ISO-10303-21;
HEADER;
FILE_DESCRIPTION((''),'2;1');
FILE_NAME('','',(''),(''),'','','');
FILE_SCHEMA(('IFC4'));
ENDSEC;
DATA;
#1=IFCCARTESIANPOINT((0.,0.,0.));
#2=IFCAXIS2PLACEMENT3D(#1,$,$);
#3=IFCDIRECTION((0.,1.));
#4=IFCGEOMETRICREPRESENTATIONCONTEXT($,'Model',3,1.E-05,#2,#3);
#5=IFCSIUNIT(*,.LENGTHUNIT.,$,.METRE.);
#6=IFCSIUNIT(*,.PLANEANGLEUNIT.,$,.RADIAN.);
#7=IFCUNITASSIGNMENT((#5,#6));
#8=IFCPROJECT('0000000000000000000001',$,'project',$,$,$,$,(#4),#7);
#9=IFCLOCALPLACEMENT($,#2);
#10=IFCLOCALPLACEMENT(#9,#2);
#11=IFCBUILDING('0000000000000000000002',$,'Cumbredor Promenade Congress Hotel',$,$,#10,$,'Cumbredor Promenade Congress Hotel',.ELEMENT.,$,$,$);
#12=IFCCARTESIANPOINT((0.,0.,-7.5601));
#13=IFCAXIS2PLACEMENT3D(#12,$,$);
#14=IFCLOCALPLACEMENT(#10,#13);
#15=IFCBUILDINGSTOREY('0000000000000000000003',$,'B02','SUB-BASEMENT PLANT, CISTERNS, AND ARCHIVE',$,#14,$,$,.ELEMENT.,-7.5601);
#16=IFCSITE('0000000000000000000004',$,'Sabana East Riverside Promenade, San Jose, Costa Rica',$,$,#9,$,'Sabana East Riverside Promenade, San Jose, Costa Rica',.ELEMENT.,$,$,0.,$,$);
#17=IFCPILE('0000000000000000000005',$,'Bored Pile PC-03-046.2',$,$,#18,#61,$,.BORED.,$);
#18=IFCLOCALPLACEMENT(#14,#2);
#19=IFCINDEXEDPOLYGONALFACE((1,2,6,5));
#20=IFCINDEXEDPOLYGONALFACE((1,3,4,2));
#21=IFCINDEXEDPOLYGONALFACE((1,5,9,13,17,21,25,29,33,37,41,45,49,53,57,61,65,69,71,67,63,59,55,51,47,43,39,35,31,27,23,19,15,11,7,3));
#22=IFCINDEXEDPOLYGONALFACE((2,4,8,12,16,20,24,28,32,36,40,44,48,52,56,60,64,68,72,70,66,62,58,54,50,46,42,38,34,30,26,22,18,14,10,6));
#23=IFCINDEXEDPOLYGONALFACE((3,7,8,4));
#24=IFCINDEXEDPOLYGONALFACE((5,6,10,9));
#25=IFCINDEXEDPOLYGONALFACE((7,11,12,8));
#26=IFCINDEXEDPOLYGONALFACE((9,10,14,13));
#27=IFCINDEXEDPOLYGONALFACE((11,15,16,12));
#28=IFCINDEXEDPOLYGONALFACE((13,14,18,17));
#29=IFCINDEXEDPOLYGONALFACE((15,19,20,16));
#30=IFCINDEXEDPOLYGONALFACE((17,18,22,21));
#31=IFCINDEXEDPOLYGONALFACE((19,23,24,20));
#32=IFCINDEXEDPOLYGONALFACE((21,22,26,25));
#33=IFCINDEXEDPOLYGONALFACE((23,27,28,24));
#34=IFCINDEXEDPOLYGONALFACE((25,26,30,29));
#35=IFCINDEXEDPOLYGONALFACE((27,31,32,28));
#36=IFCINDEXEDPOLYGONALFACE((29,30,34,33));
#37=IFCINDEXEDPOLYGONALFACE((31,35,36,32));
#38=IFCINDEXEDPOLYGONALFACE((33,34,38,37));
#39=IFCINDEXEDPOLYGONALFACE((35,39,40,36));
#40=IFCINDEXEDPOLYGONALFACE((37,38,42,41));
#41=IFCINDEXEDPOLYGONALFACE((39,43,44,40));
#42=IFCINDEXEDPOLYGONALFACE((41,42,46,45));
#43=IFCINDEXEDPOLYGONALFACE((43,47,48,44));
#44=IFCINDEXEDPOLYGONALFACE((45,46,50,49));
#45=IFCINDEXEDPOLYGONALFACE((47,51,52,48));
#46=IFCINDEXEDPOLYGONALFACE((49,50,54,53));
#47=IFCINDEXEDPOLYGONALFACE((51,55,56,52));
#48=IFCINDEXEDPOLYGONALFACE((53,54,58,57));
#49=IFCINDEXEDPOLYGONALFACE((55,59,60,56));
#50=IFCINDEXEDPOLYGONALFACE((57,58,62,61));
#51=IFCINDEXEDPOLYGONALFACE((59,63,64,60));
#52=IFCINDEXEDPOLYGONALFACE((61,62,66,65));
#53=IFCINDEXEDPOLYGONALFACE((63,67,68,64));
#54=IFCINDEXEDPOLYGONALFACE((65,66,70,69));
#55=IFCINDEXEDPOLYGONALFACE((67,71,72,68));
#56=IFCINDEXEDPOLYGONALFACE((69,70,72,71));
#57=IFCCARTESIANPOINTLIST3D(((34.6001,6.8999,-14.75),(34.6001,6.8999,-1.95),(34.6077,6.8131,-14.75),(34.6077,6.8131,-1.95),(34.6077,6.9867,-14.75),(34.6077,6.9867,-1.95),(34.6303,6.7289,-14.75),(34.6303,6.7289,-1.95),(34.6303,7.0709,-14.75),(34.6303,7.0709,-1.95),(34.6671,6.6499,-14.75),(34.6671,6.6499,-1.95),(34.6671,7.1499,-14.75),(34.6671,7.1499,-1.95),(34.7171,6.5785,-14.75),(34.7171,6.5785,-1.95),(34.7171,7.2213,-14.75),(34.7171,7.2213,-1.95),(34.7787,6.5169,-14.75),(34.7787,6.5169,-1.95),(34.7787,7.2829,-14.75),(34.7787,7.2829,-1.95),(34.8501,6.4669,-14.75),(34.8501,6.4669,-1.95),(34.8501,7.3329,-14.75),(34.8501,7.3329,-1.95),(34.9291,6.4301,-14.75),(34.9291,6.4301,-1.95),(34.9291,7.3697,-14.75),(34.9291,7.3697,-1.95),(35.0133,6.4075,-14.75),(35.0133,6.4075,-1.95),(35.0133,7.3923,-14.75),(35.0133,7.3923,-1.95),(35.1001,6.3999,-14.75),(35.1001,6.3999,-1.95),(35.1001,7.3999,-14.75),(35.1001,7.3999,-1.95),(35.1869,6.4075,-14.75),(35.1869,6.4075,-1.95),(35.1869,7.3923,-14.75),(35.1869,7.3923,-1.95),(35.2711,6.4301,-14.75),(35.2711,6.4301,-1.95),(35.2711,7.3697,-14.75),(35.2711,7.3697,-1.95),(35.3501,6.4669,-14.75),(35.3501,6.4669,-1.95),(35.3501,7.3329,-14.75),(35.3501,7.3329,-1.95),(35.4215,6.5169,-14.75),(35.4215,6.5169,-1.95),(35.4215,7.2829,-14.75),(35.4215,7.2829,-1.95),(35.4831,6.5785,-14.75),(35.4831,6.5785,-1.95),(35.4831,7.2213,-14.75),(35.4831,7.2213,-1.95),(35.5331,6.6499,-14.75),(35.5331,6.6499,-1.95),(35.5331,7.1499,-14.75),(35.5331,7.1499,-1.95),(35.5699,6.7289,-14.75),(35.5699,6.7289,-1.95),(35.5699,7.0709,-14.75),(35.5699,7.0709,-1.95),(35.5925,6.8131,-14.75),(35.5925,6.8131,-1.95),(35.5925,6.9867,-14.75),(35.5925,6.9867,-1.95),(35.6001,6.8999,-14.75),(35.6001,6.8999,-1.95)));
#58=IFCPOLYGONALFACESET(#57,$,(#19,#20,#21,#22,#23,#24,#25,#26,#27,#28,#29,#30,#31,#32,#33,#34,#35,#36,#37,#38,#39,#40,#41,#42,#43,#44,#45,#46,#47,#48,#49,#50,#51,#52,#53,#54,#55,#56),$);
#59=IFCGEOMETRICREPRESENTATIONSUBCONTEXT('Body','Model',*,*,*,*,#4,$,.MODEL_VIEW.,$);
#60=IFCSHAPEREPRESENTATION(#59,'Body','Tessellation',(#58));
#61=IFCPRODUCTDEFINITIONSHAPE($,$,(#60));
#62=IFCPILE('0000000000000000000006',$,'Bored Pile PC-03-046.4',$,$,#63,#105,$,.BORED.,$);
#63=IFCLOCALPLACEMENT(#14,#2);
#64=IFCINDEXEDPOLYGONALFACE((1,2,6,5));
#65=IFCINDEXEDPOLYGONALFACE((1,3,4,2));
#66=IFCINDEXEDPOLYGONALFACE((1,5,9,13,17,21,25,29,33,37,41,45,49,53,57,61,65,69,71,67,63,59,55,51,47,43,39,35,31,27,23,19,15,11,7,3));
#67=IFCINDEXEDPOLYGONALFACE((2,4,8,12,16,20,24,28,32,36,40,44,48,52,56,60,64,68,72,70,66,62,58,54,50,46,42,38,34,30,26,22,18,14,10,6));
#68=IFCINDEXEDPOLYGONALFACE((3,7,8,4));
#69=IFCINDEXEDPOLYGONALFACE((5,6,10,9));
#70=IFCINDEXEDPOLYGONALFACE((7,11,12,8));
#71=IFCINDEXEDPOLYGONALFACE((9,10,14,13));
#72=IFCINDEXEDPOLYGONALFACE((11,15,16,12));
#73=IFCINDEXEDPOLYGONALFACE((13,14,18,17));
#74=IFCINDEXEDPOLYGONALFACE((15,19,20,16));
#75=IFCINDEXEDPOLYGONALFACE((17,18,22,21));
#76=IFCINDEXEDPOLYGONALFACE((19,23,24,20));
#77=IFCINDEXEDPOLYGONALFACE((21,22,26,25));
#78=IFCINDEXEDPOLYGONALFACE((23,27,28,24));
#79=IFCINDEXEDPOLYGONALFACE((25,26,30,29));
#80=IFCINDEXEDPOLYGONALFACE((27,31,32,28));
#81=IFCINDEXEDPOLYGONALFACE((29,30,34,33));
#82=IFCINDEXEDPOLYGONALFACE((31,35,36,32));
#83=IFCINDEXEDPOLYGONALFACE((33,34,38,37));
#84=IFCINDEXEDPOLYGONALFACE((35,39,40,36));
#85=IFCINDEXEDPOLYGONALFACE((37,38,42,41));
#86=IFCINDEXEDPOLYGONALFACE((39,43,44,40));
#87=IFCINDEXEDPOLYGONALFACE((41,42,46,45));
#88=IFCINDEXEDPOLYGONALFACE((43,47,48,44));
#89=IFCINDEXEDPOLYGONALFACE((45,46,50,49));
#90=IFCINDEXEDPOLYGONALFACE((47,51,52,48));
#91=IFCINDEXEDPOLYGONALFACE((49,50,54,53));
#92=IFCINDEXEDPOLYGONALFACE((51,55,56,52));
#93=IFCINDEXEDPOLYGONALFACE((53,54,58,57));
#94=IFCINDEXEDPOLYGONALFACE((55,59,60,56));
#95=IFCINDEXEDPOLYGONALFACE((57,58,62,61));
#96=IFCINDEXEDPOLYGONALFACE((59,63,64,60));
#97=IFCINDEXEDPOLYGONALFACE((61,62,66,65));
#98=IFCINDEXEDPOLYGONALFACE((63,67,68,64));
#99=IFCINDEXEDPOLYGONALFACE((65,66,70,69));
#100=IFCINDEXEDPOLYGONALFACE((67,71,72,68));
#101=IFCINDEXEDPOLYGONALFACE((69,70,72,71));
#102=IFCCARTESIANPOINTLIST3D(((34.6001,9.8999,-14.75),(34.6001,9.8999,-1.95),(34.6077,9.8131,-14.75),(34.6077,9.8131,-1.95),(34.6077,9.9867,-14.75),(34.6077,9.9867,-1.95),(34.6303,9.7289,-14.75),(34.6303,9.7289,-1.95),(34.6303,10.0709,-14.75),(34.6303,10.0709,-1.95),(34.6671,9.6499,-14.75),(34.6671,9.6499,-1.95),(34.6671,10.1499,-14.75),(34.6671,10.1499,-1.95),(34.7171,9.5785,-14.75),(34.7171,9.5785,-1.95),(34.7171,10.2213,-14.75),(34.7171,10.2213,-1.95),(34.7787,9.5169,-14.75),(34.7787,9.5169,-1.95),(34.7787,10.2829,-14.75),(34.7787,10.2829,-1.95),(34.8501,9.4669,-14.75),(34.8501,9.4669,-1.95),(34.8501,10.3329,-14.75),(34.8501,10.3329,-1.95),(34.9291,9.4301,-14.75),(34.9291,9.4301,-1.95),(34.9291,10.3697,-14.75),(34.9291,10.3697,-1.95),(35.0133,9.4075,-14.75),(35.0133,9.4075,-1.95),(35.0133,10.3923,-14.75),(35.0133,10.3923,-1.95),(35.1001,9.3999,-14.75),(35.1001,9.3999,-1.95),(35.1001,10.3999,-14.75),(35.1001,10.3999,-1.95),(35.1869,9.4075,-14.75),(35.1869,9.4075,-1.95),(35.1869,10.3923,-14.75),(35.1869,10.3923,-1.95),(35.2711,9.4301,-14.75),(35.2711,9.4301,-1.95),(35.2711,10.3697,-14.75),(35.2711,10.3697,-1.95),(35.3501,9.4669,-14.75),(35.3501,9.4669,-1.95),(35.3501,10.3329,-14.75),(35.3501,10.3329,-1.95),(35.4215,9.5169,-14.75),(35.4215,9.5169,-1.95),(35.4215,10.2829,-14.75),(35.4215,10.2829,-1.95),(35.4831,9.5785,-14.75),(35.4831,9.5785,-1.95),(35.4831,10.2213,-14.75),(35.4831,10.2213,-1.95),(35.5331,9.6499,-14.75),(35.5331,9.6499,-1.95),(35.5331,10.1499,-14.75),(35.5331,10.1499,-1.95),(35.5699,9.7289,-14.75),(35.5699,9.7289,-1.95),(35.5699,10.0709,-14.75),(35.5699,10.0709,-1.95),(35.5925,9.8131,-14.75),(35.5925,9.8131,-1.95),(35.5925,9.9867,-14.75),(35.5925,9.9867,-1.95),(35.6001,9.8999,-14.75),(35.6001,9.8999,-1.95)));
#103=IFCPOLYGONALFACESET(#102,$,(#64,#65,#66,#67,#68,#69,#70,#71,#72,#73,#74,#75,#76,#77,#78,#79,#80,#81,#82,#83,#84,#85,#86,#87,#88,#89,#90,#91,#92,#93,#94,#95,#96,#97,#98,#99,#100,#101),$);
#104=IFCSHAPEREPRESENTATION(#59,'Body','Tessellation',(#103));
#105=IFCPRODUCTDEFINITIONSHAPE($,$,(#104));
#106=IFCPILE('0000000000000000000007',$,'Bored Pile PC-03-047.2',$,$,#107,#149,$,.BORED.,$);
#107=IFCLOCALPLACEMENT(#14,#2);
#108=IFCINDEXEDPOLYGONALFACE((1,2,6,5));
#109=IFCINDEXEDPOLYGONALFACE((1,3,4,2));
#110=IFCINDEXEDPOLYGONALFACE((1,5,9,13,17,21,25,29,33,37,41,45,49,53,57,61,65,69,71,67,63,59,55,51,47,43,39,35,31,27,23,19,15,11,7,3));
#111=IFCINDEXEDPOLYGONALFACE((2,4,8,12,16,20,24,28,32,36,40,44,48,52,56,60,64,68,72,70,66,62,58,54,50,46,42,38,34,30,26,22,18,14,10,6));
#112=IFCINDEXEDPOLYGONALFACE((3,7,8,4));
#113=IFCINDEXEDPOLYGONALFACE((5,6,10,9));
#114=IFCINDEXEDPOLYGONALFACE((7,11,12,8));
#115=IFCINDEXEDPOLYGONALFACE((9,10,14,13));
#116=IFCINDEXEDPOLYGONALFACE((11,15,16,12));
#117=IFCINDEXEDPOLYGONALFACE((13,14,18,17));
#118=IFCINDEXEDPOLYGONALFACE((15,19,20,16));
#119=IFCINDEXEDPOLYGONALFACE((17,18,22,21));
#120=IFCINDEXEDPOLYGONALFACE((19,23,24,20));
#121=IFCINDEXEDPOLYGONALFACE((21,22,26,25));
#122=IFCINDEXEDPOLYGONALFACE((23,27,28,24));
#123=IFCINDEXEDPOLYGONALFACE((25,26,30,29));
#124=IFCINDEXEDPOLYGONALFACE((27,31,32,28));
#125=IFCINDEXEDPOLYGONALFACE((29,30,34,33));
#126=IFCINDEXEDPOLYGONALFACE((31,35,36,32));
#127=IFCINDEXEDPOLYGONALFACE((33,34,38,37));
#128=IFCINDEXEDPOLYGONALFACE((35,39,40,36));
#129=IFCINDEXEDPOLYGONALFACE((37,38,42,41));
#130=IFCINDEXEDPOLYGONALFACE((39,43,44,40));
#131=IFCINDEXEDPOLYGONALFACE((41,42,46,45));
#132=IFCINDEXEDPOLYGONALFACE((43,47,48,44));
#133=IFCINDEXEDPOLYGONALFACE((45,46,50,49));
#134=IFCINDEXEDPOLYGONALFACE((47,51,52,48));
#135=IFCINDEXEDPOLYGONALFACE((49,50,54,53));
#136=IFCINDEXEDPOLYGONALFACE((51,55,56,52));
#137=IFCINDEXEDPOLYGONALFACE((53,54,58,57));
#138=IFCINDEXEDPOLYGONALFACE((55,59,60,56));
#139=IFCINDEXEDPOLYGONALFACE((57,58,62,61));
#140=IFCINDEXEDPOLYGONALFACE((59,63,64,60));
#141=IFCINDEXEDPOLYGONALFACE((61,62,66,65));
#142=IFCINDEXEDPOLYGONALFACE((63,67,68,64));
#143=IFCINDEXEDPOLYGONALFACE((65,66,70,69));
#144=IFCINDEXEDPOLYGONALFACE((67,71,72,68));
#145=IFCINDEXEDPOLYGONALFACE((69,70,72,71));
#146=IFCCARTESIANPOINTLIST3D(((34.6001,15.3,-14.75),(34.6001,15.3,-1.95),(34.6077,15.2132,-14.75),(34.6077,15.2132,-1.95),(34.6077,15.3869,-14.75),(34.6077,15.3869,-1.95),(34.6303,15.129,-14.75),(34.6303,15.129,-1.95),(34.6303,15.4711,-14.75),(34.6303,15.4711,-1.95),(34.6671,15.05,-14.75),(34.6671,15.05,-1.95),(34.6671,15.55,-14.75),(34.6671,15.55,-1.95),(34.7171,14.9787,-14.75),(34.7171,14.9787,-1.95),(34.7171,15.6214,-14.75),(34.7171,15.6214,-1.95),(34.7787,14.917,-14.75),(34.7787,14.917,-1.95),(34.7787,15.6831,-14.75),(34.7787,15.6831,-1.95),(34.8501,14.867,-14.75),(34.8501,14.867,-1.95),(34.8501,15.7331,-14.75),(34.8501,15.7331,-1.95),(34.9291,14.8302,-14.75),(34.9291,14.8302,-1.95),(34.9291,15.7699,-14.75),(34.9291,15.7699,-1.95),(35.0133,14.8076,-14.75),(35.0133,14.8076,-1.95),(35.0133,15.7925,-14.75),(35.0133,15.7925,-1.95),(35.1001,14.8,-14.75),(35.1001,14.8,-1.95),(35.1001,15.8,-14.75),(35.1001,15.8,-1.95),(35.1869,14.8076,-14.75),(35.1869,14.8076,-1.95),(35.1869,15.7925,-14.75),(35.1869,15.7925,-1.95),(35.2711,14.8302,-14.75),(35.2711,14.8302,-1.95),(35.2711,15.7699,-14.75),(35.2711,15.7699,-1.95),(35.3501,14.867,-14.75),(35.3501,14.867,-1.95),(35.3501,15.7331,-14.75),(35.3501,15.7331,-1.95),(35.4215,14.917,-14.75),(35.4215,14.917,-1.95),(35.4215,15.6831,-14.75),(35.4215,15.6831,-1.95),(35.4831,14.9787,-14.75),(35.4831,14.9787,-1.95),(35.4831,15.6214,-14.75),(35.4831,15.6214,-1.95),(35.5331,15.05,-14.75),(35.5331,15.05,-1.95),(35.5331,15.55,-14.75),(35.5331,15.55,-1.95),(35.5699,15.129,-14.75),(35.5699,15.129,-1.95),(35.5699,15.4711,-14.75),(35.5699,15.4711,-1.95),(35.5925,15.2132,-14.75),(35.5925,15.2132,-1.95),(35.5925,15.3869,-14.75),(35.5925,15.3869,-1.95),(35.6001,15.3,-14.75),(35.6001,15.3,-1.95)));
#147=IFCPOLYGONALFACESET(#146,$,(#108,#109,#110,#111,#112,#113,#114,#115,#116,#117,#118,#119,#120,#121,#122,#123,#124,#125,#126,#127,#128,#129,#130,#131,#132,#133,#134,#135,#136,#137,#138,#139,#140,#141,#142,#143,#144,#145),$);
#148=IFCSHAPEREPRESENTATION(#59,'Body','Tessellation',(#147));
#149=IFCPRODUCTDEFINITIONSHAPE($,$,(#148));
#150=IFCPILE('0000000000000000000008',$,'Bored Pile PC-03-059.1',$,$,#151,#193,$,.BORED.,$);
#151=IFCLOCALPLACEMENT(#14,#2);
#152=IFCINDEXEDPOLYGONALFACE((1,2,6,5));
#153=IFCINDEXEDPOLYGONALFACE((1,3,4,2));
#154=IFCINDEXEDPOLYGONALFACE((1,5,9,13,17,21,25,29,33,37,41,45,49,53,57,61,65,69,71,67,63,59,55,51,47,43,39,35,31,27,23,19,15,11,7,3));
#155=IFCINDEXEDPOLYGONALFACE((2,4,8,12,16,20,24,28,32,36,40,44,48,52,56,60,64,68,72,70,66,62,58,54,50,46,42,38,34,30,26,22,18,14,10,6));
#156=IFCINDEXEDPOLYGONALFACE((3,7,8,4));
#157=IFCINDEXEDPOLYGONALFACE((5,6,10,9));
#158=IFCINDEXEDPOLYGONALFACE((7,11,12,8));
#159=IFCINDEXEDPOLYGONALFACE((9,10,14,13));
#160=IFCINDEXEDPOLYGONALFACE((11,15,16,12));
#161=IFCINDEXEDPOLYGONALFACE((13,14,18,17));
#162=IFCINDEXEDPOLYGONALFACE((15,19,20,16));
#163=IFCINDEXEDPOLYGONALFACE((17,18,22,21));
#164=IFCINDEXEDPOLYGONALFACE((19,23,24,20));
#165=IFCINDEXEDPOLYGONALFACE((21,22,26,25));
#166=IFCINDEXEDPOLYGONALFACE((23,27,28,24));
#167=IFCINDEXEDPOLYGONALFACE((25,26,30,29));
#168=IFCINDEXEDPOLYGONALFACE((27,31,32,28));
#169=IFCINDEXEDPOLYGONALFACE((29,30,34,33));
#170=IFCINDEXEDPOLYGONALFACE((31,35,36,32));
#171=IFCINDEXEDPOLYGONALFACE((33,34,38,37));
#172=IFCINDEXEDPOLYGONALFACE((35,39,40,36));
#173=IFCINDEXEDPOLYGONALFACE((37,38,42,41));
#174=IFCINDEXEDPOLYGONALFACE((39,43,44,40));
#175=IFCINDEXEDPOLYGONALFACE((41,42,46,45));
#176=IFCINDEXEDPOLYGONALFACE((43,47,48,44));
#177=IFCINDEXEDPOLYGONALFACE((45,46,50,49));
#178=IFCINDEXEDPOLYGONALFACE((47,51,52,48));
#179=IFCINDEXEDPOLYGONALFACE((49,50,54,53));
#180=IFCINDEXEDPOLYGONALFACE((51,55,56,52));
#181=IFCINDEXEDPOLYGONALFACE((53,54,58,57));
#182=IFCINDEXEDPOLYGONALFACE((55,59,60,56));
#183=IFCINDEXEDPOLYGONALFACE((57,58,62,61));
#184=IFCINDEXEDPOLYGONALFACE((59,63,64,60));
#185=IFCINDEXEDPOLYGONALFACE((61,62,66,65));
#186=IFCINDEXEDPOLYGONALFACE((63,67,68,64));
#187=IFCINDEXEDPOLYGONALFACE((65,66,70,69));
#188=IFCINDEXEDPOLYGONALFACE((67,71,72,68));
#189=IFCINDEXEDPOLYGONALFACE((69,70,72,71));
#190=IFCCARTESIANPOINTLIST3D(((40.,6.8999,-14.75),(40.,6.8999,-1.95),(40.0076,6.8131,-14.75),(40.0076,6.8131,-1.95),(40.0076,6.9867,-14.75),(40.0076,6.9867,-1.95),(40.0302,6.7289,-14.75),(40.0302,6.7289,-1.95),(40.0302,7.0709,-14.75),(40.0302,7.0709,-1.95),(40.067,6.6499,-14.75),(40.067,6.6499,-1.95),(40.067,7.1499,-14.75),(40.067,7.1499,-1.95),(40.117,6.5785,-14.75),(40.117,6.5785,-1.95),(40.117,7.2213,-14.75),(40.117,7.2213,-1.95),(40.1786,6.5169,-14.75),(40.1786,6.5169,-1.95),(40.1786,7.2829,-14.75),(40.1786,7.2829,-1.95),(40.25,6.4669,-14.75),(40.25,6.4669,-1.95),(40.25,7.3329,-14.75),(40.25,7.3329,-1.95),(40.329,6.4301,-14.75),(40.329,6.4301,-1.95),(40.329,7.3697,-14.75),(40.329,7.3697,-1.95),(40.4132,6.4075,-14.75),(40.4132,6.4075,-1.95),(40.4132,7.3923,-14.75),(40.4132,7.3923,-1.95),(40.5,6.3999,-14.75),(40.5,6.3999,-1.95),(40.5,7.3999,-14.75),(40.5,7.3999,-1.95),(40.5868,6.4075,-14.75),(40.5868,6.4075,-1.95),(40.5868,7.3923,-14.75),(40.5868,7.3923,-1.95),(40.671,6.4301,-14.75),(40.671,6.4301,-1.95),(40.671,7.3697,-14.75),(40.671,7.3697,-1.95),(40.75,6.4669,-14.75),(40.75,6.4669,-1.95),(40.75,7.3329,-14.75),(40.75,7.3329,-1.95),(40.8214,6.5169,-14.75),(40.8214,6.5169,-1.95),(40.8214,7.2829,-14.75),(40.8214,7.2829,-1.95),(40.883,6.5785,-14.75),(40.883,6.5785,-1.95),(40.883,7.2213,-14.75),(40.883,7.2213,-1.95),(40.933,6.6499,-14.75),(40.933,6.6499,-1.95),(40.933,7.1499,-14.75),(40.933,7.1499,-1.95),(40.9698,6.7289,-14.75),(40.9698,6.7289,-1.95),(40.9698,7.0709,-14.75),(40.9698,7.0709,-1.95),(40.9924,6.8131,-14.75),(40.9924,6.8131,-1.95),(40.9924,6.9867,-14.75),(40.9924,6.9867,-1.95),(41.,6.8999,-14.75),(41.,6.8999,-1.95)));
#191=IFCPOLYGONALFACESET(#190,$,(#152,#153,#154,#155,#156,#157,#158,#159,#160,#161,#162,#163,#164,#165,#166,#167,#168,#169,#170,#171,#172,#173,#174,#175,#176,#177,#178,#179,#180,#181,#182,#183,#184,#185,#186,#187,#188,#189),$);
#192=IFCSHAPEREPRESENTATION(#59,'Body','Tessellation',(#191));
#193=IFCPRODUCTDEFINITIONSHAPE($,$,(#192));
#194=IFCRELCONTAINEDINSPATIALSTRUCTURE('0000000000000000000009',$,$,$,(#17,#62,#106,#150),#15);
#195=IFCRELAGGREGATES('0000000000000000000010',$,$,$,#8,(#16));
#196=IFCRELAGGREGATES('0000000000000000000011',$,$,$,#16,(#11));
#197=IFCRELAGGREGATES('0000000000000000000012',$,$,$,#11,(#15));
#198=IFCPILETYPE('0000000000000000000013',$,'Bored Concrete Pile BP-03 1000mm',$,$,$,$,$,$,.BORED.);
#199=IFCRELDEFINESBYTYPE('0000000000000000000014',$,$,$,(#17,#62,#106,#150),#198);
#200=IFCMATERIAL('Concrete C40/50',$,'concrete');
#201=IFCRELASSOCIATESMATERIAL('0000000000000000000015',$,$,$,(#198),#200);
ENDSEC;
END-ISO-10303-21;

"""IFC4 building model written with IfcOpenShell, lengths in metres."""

from ifc_helpers import new_model, si_unit, direction, frame, origin, origin_2d, place, context, subcontext, project, spatial, circle, extrude, material, material_profile, profile_set, type_object, element, save


model = new_model("IFC4")

# Units and contexts
model_context = context("Model", 3, precision=1e-05, world=origin(), true_north=direction((0.0, 1.0)))
body_context = subcontext(model_context, "Body", "Model", "MODEL_VIEW")
ifc_project = project(units=[si_unit("LENGTHUNIT", "METRE"), si_unit("PLANEANGLEUNIT", "RADIAN")], contexts=[model_context])

# Site, building, storey
site_placement = place(None, origin())
site = spatial("IfcSite", under=ifc_project, at=site_placement, Name="Sabana East Riverside Promenade, San Jose, Costa Rica", LongName="Sabana East Riverside Promenade, San Jose, Costa Rica", CompositionType="ELEMENT", RefElevation=0.0)
building_placement = place(site_placement, origin())
building = spatial("IfcBuilding", under=site, at=building_placement, Name="Cumbredor Promenade Congress Hotel", LongName="Cumbredor Promenade Congress Hotel", CompositionType="ELEMENT")
storey_placement = place(building_placement, frame((0.0, 0.0, -7.5601)))
storey = spatial("IfcBuildingStorey", under=building, at=storey_placement, Name="B02", Description="SUB-BASEMENT PLANT, CISTERNS, AND ARCHIVE", CompositionType="ELEMENT", Elevation=-7.5601)

# Piles
ifc_material_1 = material(Name="Concrete C40/50", Category="concrete")
ifc_material_profile_1 = material_profile(ifc_material_1, circle(Radius=0.5, at=origin_2d()), Name="PILE D1000")
ifc_profile_set_1 = profile_set([ifc_material_profile_1], Name="Concrete C40/50")
pile_type = type_object("IfcPileType", Name="Bored Concrete Pile BP-03 1000mm", PredefinedType="BORED", material=ifc_profile_set_1)
for number, where, z_axis, x_axis, name in (
    (1, (35.1001, 6.8999, -1.95), (0.0, 0.0, -1.0), (1.0, 0.0, 0.0), "Bored Pile PC-03-046.2"),
    (2, (35.1001, 9.8999, -1.95), (0.0, 0.0, -1.0), (1.0, 0.0, 0.0), "Bored Pile PC-03-046.4"),
    (3, (35.1001, 15.3, -1.95), (0.0, 0.0, -1.0), (1.0, 0.0, 0.0), "Bored Pile PC-03-047.2"),
    (4, (40.5, 6.8999, -1.95), (0.0, 0.0, -1.0), (1.0, 0.0, 0.0), "Bored Pile PC-03-059.1"),
):
    element("IfcPile", number, at=place(storey_placement, frame(where, z_axis=z_axis, x_axis=x_axis)), inside=storey, type_object=pile_type, Name=name, PredefinedType="BORED", context=body_context, shape_type="SweptSolid", body=[
        extrude(circle(Radius=0.5, at=origin_2d()), origin(), (0.0, 0.0, 1.0), 12.8),
    ])

save(model, "model.ifc")
